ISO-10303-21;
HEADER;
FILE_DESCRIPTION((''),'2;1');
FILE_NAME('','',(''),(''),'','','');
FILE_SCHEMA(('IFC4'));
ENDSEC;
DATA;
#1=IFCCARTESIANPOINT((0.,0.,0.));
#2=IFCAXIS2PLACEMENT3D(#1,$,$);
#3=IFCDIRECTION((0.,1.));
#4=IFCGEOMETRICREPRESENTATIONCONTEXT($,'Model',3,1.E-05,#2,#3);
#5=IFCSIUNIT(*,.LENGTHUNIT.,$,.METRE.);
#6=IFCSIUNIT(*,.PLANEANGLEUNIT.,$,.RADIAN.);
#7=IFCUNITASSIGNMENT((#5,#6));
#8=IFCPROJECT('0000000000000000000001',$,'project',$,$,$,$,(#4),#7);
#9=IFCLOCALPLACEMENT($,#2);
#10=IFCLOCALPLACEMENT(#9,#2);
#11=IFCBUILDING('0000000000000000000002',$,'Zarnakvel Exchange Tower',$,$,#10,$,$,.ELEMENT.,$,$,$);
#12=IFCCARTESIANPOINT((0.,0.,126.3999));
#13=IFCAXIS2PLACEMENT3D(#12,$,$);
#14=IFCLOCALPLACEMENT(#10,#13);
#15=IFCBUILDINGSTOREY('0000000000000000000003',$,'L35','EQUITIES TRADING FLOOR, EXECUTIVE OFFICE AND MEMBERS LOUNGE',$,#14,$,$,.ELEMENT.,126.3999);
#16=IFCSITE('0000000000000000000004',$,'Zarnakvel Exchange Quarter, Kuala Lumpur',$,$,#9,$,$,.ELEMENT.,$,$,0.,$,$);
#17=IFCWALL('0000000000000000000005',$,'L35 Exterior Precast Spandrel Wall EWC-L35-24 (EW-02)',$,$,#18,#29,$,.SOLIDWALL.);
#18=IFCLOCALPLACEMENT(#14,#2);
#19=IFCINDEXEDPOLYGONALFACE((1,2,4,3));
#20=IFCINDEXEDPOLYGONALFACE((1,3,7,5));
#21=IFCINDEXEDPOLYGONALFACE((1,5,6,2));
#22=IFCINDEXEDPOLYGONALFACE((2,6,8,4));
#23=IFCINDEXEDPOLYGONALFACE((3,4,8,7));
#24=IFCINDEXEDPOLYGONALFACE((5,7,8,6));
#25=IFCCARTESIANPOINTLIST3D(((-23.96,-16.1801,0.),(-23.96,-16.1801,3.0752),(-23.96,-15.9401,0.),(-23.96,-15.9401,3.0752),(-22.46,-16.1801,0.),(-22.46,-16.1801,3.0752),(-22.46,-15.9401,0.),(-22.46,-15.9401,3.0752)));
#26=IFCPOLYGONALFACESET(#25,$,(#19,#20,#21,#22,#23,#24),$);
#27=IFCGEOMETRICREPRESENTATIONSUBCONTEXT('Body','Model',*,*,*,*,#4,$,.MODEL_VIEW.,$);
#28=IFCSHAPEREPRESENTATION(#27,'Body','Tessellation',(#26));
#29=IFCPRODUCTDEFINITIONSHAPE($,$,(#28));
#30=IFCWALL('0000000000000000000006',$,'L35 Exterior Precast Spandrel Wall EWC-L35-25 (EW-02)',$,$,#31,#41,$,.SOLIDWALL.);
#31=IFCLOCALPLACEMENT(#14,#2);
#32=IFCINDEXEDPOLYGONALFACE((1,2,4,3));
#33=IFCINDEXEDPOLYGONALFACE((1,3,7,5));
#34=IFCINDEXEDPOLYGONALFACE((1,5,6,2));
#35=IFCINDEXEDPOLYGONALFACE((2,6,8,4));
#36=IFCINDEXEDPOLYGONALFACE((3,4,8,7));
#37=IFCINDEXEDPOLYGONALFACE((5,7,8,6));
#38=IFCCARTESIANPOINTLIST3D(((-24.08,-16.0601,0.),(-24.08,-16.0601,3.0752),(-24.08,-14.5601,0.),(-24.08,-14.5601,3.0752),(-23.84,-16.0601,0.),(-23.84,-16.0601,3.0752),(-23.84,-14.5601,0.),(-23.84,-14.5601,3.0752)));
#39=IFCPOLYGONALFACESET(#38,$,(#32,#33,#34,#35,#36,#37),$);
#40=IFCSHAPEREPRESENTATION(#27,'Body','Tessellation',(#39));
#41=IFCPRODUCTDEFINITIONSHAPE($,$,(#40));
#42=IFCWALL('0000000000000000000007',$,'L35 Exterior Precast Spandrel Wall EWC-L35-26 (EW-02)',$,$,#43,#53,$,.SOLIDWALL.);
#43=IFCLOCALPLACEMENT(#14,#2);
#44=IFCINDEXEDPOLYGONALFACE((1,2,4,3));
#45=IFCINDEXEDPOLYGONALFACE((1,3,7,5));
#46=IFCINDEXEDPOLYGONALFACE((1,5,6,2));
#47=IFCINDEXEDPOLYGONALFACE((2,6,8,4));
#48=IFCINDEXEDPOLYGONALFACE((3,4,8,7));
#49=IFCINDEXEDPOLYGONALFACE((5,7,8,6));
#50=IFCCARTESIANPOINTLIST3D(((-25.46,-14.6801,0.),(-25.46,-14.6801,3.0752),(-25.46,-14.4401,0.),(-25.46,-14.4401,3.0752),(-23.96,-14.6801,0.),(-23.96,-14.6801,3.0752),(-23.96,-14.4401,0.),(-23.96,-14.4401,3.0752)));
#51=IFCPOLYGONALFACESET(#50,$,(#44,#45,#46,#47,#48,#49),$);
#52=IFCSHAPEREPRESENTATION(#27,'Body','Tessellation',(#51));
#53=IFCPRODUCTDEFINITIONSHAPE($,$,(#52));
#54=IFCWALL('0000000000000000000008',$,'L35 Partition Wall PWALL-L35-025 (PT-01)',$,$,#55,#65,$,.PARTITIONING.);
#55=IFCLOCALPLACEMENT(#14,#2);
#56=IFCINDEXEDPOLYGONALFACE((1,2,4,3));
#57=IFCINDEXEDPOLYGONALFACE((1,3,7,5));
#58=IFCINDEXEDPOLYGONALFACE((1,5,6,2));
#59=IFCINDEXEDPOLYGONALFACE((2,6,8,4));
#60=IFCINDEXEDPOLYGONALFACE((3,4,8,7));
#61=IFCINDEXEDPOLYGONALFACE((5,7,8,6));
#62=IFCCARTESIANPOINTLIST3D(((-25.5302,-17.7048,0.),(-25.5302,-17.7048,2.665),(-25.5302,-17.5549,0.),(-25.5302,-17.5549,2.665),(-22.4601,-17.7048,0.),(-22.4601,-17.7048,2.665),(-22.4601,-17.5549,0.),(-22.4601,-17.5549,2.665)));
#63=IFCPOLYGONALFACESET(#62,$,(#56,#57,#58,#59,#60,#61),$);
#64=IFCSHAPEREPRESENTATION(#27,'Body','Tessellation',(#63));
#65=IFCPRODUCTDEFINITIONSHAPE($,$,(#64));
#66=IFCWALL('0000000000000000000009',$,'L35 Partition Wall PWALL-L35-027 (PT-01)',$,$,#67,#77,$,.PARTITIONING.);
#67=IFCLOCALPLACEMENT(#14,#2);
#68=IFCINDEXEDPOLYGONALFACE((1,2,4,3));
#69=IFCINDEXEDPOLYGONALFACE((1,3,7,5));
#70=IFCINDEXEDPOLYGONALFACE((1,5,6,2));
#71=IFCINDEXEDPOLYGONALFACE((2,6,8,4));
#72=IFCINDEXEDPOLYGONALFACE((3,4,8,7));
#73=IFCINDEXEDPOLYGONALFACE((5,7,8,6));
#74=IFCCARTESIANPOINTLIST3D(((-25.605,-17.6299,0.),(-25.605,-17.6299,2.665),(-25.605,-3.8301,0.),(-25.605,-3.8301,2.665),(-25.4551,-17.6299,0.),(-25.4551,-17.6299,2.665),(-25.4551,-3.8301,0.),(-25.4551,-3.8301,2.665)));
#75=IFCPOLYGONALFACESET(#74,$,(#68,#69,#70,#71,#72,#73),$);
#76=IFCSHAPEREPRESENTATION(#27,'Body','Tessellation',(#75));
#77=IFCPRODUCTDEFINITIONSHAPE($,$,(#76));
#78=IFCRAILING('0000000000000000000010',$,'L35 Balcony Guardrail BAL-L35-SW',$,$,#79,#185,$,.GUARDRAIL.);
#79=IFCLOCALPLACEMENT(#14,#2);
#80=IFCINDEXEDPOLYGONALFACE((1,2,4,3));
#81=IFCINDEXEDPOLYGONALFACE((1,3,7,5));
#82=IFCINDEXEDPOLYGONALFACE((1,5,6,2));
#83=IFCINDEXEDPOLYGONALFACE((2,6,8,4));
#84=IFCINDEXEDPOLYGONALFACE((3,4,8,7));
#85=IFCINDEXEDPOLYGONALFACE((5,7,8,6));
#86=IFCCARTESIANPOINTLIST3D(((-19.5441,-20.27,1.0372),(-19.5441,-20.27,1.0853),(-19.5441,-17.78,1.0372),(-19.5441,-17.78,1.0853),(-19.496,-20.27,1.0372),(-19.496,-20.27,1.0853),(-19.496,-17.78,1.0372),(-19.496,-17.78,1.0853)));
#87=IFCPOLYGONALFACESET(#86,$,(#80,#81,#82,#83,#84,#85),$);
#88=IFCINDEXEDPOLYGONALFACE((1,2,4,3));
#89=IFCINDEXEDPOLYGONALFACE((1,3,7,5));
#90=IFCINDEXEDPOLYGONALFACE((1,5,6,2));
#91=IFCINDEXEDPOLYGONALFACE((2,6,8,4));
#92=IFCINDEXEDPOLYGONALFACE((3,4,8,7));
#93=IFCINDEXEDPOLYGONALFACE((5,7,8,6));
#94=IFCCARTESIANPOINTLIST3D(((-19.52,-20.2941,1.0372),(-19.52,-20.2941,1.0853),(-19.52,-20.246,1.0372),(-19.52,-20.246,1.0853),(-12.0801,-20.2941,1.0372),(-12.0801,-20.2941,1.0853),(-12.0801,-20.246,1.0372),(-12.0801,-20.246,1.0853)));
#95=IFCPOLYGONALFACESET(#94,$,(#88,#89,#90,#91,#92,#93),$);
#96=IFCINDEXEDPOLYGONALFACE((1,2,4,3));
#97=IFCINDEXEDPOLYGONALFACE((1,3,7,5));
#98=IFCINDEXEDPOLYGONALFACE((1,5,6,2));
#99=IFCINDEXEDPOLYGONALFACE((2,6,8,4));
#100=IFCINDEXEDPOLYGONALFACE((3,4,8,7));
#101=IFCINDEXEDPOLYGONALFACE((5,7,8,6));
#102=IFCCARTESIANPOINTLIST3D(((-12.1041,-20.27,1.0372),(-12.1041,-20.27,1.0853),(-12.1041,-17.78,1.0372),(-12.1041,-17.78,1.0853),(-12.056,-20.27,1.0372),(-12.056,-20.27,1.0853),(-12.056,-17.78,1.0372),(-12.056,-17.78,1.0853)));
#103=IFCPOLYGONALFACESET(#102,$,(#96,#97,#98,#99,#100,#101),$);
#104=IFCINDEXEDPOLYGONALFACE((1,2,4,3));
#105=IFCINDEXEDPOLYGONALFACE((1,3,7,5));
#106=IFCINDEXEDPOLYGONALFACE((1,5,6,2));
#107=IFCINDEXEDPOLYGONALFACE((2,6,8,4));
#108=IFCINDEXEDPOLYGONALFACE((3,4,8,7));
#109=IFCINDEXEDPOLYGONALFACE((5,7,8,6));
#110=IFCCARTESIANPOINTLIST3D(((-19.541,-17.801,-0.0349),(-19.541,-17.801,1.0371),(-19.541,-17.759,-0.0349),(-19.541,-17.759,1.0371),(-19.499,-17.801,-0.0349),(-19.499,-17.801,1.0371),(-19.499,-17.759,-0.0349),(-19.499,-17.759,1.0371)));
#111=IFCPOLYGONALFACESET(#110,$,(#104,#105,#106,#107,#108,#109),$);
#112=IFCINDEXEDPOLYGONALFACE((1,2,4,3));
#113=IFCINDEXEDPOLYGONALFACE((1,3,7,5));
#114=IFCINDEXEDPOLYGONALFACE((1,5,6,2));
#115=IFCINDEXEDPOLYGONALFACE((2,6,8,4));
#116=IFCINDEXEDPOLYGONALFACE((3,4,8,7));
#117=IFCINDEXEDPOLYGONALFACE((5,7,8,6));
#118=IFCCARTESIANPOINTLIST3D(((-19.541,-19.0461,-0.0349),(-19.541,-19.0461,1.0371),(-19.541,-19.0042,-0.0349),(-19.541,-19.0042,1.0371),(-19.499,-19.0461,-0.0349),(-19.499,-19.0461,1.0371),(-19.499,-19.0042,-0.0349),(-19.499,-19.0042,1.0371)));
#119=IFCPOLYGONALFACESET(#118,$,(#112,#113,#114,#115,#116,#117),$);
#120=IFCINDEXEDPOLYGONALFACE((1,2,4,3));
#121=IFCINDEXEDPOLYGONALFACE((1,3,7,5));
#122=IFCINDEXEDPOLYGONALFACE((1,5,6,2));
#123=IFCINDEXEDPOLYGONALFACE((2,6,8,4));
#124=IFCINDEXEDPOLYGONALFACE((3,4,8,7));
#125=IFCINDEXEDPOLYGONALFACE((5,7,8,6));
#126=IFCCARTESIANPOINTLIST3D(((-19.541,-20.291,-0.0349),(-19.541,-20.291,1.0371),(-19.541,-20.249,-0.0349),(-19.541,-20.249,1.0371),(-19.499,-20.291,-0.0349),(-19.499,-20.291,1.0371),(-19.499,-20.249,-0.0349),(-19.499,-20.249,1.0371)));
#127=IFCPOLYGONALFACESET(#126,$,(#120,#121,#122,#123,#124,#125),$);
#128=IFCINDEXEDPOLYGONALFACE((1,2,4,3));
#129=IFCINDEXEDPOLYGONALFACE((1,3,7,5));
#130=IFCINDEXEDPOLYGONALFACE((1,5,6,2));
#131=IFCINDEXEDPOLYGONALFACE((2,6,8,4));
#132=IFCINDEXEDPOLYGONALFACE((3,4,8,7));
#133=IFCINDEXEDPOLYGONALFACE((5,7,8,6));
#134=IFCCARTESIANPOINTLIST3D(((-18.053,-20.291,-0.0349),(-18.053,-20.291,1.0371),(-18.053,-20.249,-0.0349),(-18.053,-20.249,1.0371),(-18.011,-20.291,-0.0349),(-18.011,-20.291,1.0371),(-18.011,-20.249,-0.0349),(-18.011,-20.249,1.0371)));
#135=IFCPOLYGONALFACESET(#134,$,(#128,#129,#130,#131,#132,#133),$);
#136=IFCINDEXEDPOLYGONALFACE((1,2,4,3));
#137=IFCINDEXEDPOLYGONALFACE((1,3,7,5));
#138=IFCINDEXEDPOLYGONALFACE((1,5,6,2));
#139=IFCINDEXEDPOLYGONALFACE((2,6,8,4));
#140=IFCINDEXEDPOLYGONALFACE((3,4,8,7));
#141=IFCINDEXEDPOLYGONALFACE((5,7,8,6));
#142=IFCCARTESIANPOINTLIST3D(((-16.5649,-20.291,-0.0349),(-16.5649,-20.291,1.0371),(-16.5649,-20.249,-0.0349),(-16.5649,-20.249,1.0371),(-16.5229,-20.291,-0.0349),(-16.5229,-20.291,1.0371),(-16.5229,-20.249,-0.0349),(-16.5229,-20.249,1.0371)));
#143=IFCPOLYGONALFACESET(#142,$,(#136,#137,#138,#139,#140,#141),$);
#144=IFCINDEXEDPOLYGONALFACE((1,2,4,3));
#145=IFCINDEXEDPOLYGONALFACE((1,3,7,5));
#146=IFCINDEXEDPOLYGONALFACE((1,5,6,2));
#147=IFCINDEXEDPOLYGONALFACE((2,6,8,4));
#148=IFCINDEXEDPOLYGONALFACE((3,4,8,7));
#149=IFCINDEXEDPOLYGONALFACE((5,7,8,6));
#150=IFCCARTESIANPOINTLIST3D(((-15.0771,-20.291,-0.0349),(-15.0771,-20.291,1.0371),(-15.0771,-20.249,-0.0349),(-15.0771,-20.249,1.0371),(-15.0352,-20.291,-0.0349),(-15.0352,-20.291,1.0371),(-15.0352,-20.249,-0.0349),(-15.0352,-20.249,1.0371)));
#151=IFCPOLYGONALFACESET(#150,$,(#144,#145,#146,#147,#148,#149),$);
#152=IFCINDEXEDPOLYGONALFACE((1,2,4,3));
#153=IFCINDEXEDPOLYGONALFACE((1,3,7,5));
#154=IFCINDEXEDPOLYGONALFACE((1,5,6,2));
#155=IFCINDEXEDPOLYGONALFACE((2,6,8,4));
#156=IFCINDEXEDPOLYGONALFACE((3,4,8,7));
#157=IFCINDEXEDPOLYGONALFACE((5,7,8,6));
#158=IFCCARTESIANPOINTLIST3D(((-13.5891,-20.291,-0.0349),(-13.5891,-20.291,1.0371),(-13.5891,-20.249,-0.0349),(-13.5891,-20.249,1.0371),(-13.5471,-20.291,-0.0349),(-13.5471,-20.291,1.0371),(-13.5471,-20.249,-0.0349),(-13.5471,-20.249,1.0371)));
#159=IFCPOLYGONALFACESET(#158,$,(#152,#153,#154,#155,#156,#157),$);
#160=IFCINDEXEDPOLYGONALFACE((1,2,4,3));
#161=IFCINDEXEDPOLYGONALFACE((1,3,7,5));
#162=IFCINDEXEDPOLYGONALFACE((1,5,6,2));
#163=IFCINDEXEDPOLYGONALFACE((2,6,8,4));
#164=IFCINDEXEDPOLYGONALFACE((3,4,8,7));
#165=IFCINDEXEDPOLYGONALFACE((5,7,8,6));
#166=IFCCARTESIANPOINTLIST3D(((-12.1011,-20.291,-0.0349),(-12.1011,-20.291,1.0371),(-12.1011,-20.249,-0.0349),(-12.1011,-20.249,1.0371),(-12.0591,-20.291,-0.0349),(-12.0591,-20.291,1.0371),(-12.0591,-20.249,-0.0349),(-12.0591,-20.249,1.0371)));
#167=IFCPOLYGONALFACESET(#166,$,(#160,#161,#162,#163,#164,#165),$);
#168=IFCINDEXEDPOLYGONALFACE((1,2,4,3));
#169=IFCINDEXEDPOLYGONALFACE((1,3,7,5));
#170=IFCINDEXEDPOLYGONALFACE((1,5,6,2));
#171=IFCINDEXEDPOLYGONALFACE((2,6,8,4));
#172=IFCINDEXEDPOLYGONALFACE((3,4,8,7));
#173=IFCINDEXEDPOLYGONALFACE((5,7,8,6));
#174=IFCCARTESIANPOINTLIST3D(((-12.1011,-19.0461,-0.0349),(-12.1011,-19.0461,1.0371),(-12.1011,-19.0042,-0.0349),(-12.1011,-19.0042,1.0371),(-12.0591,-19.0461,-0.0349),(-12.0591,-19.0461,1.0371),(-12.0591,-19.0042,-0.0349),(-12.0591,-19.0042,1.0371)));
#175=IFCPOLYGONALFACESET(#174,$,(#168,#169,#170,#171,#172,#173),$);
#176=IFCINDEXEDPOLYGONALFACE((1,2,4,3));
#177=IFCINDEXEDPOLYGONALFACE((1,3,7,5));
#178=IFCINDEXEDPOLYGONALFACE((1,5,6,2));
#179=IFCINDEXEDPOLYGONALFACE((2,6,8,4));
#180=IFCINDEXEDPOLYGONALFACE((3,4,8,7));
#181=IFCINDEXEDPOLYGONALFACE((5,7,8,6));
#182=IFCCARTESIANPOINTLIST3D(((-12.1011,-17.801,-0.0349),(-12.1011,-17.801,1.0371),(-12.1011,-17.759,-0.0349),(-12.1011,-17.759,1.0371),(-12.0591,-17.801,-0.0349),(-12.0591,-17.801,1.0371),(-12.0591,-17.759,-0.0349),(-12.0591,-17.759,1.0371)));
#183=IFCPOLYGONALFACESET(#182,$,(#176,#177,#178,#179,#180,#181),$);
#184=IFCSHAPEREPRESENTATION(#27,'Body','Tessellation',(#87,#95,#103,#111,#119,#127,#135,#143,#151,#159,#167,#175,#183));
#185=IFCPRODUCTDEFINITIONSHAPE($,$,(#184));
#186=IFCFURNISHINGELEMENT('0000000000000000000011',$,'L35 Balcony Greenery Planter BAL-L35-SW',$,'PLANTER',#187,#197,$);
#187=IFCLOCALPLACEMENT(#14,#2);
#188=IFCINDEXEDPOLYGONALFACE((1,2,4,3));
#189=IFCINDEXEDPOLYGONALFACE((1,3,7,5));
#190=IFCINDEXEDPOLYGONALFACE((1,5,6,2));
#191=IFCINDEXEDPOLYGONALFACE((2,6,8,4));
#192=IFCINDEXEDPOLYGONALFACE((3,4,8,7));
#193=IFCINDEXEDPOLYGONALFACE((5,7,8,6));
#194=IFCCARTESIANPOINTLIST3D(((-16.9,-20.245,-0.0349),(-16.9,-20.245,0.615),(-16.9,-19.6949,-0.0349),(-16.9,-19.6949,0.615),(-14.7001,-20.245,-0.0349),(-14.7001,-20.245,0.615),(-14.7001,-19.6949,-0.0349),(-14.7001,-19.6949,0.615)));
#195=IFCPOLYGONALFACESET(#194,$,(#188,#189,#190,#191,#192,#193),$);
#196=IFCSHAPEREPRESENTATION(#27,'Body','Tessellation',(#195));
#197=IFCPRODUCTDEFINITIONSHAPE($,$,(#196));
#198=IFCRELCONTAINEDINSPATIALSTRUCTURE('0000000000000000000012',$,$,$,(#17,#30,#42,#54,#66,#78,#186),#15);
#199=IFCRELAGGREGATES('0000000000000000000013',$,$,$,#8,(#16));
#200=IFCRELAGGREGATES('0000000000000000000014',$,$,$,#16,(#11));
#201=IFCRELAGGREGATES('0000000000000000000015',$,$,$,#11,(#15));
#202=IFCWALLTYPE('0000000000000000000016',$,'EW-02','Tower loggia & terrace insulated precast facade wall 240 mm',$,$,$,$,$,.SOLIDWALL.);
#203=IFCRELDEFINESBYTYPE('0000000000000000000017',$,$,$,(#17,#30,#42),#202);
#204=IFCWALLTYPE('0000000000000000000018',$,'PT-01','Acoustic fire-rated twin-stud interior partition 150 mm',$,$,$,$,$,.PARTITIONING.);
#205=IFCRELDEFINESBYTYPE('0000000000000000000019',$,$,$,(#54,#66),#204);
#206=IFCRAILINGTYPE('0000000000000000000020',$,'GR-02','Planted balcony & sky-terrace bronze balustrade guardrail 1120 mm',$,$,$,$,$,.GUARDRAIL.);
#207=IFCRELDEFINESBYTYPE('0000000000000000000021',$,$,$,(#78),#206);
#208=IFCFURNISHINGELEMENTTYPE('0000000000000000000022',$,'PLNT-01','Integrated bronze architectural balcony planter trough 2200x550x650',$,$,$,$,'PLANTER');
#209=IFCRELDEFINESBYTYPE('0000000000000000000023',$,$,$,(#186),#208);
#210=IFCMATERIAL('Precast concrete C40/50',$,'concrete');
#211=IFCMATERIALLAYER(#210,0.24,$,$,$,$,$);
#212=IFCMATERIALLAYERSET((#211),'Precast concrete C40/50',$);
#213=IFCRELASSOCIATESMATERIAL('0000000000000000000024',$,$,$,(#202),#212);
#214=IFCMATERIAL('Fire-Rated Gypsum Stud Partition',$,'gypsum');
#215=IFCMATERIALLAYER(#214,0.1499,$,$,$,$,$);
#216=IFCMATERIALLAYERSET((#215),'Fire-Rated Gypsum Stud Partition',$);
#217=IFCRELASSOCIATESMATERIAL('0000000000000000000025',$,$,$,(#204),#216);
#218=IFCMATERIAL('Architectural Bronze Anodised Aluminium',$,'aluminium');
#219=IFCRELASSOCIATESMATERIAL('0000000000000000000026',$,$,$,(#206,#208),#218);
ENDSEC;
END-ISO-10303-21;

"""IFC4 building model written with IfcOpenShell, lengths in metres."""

from ifc_helpers import new_model, si_unit, direction, frame, frame_2d, origin, origin_2d, place, context, subcontext, project, spatial, rectangle, extrude, source, transform, mapped, material, layer, layer_set, type_object, element, save


model = new_model("IFC4")

# Units and contexts
model_context = context("Model", 3, precision=1e-05, world=origin(), true_north=direction((0.0, 1.0)))
body_context = subcontext(model_context, "Body", "Model", "MODEL_VIEW")
ifc_project = project(units=[si_unit("LENGTHUNIT", "METRE"), si_unit("PLANEANGLEUNIT", "RADIAN")], contexts=[model_context])

# Site, building, storey
site_placement = place(None, origin())
site = spatial("IfcSite", under=ifc_project, at=site_placement, Name="Zarnakvel Exchange Quarter, Kuala Lumpur", CompositionType="ELEMENT", RefElevation=0.0)
building_placement = place(site_placement, origin())
building = spatial("IfcBuilding", under=site, at=building_placement, Name="Zarnakvel Exchange Tower", CompositionType="ELEMENT")
storey_placement = place(building_placement, frame((0.0, 0.0, 126.3999)))
storey = spatial("IfcBuildingStorey", under=building, at=storey_placement, Name="L35", Description="EQUITIES TRADING FLOOR, EXECUTIVE OFFICE AND MEMBERS LOUNGE", CompositionType="ELEMENT", Elevation=126.3999)

# Shared definitions
ifc_material_1 = material(Name="Architectural Bronze Anodised Aluminium", Category="aluminium")

# Walls
ifc_material_2 = material(Name="Precast concrete C40/50", Category="concrete")
ifc_layer_1 = layer(ifc_material_2, 0.24)
ifc_layer_set_1 = layer_set([ifc_layer_1], Name="Precast concrete C40/50")
wall_type_1 = type_object("IfcWallType", Name="EW-02", Description="Tower loggia & terrace insulated precast facade wall 240 mm", PredefinedType="SOLIDWALL", material=ifc_layer_set_1)
for number, where, z_axis, x_axis, name in (
    (1, (-23.96, -16.0601, 0.0), (0.0, 0.0, 1.0), (1.0, 0.0, 0.0), "L35 Exterior Precast Spandrel Wall EWC-L35-24 (EW-02)"),
    (2, (-23.96, -14.5601, 0.0), (0.0, 0.0, 1.0), (0.0, -1.0, 0.0), "L35 Exterior Precast Spandrel Wall EWC-L35-25 (EW-02)"),
    (3, (-25.46, -14.5601, 0.0), (0.0, 0.0, 1.0), (1.0, 0.0, 0.0), "L35 Exterior Precast Spandrel Wall EWC-L35-26 (EW-02)"),
):
    element("IfcWall", number, at=place(storey_placement, frame(where, z_axis=z_axis, x_axis=x_axis)), inside=storey, type_object=wall_type_1, Name=name, PredefinedType="SOLIDWALL", context=body_context, shape_type="SweptSolid", body=[
        extrude(rectangle(XDim=1.5, YDim=0.24, at=frame_2d((0.75, 0.0))), origin(), (0.0, 0.0, 1.0), 3.0752),
    ])
ifc_material_3 = material(Name="Fire-Rated Gypsum Stud Partition", Category="gypsum")
ifc_layer_2 = layer(ifc_material_3, 0.1499)
ifc_layer_set_2 = layer_set([ifc_layer_2], Name="Fire-Rated Gypsum Stud Partition")
wall_type_2 = type_object("IfcWallType", Name="PT-01", Description="Acoustic fire-rated twin-stud interior partition 150 mm", PredefinedType="PARTITIONING", material=ifc_layer_set_2)
wall_1_placement = place(storey_placement, frame((-22.46, -17.6299, 0.0), z_axis=(0.0, 0.0, 1.0), x_axis=(-1.0, 0.0, 0.0)))
element("IfcWall", 4, at=wall_1_placement, inside=storey, type_object=wall_type_2, Name="L35 Partition Wall PWALL-L35-025 (PT-01)", PredefinedType="PARTITIONING", context=body_context, shape_type="SweptSolid", body=[
    extrude(rectangle(XDim=3.0701, YDim=0.1499, at=frame_2d((1.5352, 0.0))), origin(), (0.0, 0.0, 1.0), 2.665),
])
wall_2_placement = place(storey_placement, frame((-25.53, -17.6299, 0.0), z_axis=(0.0, 0.0, 1.0), x_axis=(0.0, 1.0, 0.0)))
element("IfcWall", 5, at=wall_2_placement, inside=storey, type_object=wall_type_2, Name="L35 Partition Wall PWALL-L35-027 (PT-01)", PredefinedType="PARTITIONING", context=body_context, shape_type="SweptSolid", body=[
    extrude(rectangle(XDim=13.7998, YDim=0.1499, at=frame_2d((6.8999, 0.0))), origin(), (0.0, 0.0, 1.0), 2.665),
])

# Railing
railing_type = type_object("IfcRailingType", Name="GR-02", Description="Planted balcony & sky-terrace bronze balustrade guardrail 1120 mm", PredefinedType="GUARDRAIL", material=ifc_material_1)
railing_placement = place(storey_placement, frame((-19.52, -17.78, -0.0349)))
element("IfcRailing", 6, at=railing_placement, inside=storey, type_object=railing_type, Name="L35 Balcony Guardrail BAL-L35-SW", PredefinedType="GUARDRAIL", context=body_context, shape_type="SweptSolid", body=[
    extrude(rectangle(XDim=0.0481, YDim=0.0481, at=origin_2d()), frame((0.0, 0.0, 1.0962), z_axis=(0.0, -1.0, 0.0), x_axis=(1.0, 0.0, 0.0)), (0.0, 0.0, 1.0), 2.49),
    extrude(rectangle(XDim=0.0481, YDim=0.0481, at=origin_2d()), frame((0.0, -2.49, 1.0962), z_axis=(1.0, 0.0, 0.0), x_axis=(0.0, 1.0, 0.0)), (0.0, 0.0, 1.0), 7.4399),
    extrude(rectangle(XDim=0.0481, YDim=0.0481, at=origin_2d()), frame((7.4399, -2.49, 1.0962), z_axis=(0.0, 1.0, 0.0), x_axis=(-1.0, 0.0, 0.0)), (0.0, 0.0, 1.0), 2.49),
    extrude(rectangle(XDim=0.042, YDim=0.042, at=origin_2d()), origin(), (0.0, 0.0, 1.0), 1.072),
    extrude(rectangle(XDim=0.042, YDim=0.042, at=origin_2d()), frame((0.0, -1.2451, 0.0)), (0.0, 0.0, 1.0), 1.072),
    extrude(rectangle(XDim=0.042, YDim=0.042, at=origin_2d()), frame((0.0, -2.49, 0.0)), (0.0, 0.0, 1.0), 1.072),
    extrude(rectangle(XDim=0.042, YDim=0.042, at=origin_2d()), frame((1.488, -2.49, 0.0)), (0.0, 0.0, 1.0), 1.072),
    extrude(rectangle(XDim=0.042, YDim=0.042, at=origin_2d()), frame((2.9761, -2.49, 0.0)), (0.0, 0.0, 1.0), 1.072),
    extrude(rectangle(XDim=0.042, YDim=0.042, at=origin_2d()), frame((4.4639, -2.49, 0.0)), (0.0, 0.0, 1.0), 1.072),
    extrude(rectangle(XDim=0.042, YDim=0.042, at=origin_2d()), frame((5.9519, -2.49, 0.0)), (0.0, 0.0, 1.0), 1.072),
    extrude(rectangle(XDim=0.042, YDim=0.042, at=origin_2d()), frame((7.4399, -2.49, 0.0)), (0.0, 0.0, 1.0), 1.072),
    extrude(rectangle(XDim=0.042, YDim=0.042, at=origin_2d()), frame((7.4399, -1.2451, 0.0)), (0.0, 0.0, 1.0), 1.072),
    extrude(rectangle(XDim=0.042, YDim=0.042, at=origin_2d()), frame((7.4399, 0.0, 0.0)), (0.0, 0.0, 1.0), 1.072),
])

# Furnishing element
furnishing_element_type = type_object("IfcFurnishingElementType", Name="PLNT-01", Description="Integrated bronze architectural balcony planter trough 2200x550x650", ElementType="PLANTER", material=ifc_material_1)
shared_shape_1 = source(origin(), body_context, "Body", "SweptSolid", [
    extrude(rectangle(XDim=2.2, YDim=0.55, at=origin_2d()), origin(), (0.0, 0.0, 1.0), 0.6499),
])
furnishing_placement = place(storey_placement, frame((-15.8, -19.97, -0.0349), z_axis=(0.0, 0.0, 1.0), x_axis=(1.0, 0.0, 0.0)))
element("IfcFurnishingElement", 7, at=furnishing_placement, inside=storey, type_object=furnishing_element_type, Name="L35 Balcony Greenery Planter BAL-L35-SW", ObjectType="PLANTER", context=body_context, shape_type="MappedRepresentation", body=[
    mapped(shared_shape_1, transform((0.0, 0.0, 0.0), x_axis=(1.0, 0.0, 0.0), y_axis=(0.0, 1.0, 0.0), z_axis=(0.0, 0.0, 1.0), scale=1.0)),
])

save(model, "model.ifc")
